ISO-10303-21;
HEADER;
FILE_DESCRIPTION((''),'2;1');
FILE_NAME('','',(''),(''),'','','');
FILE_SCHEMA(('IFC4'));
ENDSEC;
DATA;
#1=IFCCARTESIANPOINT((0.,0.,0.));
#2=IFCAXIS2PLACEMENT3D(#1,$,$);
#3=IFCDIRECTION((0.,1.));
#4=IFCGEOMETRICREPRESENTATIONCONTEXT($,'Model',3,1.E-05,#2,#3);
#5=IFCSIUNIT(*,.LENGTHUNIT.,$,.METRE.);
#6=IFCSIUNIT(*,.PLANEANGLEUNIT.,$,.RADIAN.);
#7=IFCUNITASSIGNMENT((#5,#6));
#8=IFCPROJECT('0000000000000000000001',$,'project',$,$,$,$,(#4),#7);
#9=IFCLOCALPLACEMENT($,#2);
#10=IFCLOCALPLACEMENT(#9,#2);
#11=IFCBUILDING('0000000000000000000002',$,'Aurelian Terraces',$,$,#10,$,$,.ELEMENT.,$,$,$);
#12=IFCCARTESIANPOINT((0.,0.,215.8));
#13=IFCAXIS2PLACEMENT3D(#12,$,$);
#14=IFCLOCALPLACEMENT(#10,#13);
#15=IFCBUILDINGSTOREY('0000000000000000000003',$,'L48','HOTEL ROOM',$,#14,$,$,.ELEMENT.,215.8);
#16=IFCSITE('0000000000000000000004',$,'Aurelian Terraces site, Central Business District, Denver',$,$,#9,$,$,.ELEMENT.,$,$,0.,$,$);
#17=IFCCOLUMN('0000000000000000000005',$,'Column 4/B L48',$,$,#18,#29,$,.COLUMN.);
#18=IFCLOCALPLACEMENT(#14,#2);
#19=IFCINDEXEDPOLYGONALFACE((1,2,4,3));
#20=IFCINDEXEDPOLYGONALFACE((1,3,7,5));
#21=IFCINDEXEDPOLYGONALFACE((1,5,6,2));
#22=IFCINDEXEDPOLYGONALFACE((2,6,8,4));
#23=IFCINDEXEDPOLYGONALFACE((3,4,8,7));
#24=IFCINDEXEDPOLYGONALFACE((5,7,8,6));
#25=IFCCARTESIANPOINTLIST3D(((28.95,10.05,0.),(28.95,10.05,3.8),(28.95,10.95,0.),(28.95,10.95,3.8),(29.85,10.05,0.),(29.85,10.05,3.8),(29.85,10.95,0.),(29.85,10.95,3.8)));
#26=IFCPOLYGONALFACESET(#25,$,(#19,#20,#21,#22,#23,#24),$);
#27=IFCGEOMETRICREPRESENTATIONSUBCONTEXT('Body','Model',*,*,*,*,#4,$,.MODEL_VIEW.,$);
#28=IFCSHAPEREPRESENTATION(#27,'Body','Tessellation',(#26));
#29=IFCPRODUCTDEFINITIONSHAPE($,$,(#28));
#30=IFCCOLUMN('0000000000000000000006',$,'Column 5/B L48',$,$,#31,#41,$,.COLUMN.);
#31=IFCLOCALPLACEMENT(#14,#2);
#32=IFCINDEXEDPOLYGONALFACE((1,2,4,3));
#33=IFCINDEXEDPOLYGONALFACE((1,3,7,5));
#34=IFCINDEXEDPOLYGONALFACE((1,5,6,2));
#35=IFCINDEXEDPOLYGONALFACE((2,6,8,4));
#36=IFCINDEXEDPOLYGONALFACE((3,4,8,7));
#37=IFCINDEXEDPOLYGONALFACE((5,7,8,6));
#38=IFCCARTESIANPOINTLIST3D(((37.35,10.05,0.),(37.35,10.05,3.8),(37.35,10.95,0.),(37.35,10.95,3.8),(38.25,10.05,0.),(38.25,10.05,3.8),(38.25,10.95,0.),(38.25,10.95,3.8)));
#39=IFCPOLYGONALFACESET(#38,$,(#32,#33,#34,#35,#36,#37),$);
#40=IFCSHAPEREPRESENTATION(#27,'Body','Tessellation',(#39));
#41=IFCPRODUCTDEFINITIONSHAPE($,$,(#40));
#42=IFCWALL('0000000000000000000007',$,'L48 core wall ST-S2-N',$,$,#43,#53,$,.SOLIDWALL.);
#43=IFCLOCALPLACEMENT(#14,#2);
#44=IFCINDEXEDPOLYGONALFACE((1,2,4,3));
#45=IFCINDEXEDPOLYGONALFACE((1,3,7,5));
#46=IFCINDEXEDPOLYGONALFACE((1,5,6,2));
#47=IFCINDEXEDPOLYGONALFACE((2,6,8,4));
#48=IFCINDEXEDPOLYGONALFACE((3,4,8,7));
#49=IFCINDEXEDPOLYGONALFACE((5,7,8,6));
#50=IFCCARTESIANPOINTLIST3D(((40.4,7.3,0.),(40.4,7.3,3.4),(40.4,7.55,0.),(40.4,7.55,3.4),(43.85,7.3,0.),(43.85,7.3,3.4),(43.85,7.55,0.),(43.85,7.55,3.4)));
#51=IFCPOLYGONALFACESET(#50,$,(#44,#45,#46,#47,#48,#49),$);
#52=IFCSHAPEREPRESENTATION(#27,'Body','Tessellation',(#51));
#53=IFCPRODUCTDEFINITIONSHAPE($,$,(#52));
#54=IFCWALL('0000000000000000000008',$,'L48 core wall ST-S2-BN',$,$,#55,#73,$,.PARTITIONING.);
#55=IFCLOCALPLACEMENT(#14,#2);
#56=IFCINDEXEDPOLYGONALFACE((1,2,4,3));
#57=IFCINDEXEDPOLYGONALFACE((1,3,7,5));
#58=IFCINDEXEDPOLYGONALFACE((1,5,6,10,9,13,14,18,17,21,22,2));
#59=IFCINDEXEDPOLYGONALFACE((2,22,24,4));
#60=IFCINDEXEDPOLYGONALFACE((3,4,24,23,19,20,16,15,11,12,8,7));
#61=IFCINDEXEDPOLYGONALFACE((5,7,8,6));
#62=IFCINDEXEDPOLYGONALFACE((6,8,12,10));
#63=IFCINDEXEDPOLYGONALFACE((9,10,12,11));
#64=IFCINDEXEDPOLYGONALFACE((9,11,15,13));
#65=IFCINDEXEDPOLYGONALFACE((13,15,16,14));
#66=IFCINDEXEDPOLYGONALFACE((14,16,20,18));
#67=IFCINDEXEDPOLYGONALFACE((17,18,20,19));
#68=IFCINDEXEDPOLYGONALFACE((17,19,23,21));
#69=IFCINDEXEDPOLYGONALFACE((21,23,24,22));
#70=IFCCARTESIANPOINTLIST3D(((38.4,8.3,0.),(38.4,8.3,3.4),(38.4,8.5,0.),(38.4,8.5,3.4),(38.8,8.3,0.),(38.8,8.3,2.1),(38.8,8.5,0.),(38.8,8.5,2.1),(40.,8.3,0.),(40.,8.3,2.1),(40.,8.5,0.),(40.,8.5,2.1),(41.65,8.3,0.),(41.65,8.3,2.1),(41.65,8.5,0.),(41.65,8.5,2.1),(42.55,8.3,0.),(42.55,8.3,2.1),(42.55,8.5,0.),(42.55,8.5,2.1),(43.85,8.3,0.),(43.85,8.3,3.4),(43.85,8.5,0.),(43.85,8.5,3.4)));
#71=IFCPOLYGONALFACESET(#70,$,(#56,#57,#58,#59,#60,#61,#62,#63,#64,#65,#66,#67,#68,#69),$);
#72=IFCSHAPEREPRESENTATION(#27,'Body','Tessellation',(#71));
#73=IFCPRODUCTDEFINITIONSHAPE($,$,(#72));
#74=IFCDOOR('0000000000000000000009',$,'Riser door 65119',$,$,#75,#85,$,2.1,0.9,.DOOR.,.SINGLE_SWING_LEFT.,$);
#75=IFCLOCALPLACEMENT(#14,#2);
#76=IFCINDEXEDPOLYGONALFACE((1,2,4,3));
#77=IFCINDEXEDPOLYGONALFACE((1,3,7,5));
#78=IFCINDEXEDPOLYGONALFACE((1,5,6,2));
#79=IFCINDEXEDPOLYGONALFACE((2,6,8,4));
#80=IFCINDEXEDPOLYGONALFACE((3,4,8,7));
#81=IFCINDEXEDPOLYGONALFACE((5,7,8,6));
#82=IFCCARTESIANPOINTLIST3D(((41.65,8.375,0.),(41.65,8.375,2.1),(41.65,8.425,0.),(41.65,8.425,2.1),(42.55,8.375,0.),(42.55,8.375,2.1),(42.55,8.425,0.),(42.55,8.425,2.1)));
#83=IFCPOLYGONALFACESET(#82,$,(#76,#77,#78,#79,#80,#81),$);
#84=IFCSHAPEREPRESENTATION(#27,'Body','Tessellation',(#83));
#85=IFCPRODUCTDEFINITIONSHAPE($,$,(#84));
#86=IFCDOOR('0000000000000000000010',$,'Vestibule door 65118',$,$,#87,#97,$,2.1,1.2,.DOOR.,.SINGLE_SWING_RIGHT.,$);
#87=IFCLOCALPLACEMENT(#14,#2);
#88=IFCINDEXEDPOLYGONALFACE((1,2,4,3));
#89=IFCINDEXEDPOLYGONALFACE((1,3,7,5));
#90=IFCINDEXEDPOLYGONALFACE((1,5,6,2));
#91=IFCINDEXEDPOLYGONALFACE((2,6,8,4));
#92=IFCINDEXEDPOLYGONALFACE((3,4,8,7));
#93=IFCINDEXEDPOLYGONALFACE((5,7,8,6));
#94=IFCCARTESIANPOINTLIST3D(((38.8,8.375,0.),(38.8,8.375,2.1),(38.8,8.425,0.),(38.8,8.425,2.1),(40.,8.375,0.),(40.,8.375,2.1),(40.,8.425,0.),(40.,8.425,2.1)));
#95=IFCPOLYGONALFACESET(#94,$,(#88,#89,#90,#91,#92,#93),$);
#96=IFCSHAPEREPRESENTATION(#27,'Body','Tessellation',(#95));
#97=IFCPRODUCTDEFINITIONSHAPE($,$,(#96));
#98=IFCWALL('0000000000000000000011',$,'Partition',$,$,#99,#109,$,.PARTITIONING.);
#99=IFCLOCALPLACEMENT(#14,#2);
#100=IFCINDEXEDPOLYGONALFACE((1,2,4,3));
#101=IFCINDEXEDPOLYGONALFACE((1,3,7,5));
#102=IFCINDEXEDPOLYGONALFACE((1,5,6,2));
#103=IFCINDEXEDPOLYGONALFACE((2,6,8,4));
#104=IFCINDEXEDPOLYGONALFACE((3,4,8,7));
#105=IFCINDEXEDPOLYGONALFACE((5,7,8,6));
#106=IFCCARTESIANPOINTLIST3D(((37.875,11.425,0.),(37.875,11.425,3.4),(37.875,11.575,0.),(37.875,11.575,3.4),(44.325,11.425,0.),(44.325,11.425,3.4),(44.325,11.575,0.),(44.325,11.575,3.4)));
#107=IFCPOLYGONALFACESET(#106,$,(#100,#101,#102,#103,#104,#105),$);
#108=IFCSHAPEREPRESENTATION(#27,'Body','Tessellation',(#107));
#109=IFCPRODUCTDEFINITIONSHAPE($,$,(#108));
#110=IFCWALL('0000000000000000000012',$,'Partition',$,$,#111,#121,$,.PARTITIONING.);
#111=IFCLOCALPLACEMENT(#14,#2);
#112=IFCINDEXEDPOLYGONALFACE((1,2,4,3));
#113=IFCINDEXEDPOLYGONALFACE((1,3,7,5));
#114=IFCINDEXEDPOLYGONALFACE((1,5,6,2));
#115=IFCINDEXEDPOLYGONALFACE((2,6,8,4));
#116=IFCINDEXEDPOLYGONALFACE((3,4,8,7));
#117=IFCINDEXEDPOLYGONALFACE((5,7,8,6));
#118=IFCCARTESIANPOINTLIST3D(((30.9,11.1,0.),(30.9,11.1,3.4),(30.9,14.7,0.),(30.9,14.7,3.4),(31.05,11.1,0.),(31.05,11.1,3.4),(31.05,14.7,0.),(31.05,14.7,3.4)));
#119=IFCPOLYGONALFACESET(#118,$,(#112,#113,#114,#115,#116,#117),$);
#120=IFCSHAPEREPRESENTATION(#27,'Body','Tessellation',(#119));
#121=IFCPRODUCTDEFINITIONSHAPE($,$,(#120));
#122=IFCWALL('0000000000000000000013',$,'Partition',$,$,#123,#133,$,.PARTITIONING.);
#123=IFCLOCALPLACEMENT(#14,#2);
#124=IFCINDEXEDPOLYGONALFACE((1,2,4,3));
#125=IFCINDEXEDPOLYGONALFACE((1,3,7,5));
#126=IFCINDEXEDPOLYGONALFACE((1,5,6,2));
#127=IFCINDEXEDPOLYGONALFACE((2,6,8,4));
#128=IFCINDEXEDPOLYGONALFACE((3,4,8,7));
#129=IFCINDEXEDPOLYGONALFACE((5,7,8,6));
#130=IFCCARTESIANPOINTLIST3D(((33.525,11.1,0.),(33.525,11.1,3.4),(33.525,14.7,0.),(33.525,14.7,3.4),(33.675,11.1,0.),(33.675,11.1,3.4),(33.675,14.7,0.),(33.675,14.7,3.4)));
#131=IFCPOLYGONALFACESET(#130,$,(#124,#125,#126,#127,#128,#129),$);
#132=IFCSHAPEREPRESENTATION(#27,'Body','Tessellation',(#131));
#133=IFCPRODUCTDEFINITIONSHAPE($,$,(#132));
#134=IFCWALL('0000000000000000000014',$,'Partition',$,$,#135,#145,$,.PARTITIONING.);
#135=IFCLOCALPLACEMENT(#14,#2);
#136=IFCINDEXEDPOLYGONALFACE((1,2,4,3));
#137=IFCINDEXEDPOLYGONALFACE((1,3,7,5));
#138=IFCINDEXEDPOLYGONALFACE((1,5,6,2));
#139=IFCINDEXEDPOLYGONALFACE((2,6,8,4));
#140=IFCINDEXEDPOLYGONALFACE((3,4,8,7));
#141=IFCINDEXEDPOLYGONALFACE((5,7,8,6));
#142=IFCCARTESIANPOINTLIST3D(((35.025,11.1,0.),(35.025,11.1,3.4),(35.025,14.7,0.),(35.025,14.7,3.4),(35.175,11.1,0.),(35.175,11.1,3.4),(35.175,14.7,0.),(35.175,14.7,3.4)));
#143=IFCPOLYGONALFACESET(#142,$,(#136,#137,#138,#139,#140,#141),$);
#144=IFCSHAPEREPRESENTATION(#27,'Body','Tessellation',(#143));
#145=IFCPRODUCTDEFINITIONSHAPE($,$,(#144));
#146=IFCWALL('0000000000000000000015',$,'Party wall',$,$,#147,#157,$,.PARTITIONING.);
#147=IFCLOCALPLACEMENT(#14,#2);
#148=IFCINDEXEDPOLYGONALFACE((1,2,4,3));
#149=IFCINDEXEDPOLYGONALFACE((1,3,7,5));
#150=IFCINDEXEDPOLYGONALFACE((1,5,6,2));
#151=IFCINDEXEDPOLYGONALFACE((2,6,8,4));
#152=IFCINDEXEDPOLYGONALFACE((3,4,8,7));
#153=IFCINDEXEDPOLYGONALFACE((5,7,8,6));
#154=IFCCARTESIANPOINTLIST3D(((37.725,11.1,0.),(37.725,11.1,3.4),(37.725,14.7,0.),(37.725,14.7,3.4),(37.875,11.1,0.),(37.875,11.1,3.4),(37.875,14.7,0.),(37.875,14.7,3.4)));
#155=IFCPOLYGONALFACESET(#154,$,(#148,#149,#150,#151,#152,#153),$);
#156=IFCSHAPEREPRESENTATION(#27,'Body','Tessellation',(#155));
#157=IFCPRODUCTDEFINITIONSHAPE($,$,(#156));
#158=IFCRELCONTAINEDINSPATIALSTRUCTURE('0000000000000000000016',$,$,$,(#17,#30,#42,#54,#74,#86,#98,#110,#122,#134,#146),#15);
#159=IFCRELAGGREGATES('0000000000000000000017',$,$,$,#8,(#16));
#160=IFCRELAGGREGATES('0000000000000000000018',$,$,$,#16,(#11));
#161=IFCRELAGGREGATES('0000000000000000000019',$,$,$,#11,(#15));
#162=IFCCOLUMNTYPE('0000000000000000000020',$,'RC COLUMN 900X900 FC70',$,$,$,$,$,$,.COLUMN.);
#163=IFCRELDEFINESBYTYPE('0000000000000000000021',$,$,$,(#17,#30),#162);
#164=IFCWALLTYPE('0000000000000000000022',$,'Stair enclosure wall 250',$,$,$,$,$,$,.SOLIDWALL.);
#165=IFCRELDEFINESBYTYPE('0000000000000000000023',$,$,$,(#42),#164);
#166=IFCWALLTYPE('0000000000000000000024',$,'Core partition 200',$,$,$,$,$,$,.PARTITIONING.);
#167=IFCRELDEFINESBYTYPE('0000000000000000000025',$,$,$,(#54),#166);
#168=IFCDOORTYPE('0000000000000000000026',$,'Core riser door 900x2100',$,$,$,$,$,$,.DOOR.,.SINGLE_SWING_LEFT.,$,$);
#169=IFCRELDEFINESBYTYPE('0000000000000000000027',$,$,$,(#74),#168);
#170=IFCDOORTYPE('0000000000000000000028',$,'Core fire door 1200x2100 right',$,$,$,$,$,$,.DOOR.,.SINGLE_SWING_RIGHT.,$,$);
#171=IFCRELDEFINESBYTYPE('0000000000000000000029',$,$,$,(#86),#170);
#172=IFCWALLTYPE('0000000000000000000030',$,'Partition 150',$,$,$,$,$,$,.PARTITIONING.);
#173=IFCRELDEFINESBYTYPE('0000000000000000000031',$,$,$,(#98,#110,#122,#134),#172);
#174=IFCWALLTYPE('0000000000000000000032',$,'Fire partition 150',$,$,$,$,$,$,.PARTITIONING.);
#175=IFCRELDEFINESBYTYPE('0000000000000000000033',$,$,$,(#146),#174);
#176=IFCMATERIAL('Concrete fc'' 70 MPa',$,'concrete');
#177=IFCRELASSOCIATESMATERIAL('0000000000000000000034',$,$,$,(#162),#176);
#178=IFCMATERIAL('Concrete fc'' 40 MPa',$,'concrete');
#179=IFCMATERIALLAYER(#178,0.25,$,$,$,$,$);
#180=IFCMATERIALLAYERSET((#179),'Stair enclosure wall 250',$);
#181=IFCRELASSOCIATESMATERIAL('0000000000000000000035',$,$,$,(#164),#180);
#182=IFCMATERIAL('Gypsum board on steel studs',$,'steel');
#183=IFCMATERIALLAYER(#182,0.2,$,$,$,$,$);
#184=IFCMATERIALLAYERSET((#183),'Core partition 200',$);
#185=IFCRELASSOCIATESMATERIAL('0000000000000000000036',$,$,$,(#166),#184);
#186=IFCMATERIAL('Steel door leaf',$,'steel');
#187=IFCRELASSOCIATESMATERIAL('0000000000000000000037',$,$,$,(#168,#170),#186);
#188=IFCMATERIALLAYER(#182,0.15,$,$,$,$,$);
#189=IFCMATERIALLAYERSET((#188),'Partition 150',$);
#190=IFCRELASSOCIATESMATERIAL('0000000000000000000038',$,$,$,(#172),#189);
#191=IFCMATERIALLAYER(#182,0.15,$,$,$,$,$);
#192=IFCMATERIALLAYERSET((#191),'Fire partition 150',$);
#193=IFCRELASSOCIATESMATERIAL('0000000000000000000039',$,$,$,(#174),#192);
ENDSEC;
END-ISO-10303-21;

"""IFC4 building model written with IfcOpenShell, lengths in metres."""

from ifc_helpers import new_model, si_unit, direction, frame, frame_2d, origin, origin_2d, place, context, subcontext, project, spatial, rectangle, extrude, source, transform, mapped, material, layer, layer_set, material_profile, profile_set, type_object, element, fill, save


model = new_model("IFC4")

# Units and contexts
model_context = context("Model", 3, precision=1e-05, world=origin(), true_north=direction((0.0, 1.0)))
body_context = subcontext(model_context, "Body", "Model", "MODEL_VIEW")
ifc_project = project(units=[si_unit("LENGTHUNIT", "METRE"), si_unit("PLANEANGLEUNIT", "RADIAN")], contexts=[model_context])

# Site, building, storey
site_placement = place(None, origin())
site = spatial("IfcSite", under=ifc_project, at=site_placement, Name="Aurelian Terraces site, Central Business District, Denver", CompositionType="ELEMENT", RefElevation=0.0)
building_placement = place(site_placement, origin())
building = spatial("IfcBuilding", under=site, at=building_placement, Name="Aurelian Terraces", CompositionType="ELEMENT")
storey_placement = place(building_placement, frame((0.0, 0.0, 215.8)))
storey = spatial("IfcBuildingStorey", under=building, at=storey_placement, Name="L48", Description="HOTEL ROOM", CompositionType="ELEMENT", Elevation=215.8)

# Columns
ifc_material_1 = material(Name="Concrete fc' 70 MPa", Category="concrete")
ifc_material_profile = material_profile(ifc_material_1, rectangle(XDim=0.9, YDim=0.9, at=origin_2d()))
ifc_profile_set = profile_set([ifc_material_profile], Name="Concrete fc' 70 MPa")
column_type = type_object("IfcColumnType", Name="RC COLUMN 900X900 FC70", PredefinedType="COLUMN", material=ifc_profile_set)
shared_shape_1 = source(origin(), body_context, "Body", "SweptSolid", [
    extrude(rectangle(XDim=0.9, YDim=0.9, at=origin_2d()), origin(), (0.0, 0.0, 1.0), 3.8),
])
for number, where, z_axis, x_axis, name in (
    (1, (29.4, 10.5, 0.0), (0.0, 0.0, 1.0), (1.0, 0.0, 0.0), "Column 4/B L48"),
    (2, (37.8, 10.5, 0.0), (0.0, 0.0, 1.0), (1.0, 0.0, 0.0), "Column 5/B L48"),
):
    element("IfcColumn", number, at=place(storey_placement, frame(where, z_axis=z_axis, x_axis=x_axis)), inside=storey, type_object=column_type, Name=name, PredefinedType="COLUMN", context=body_context, shape_type="MappedRepresentation", body=[
        mapped(shared_shape_1, transform((0.0, 0.0, 0.0), scale=1.0)),
    ])

# Wall
ifc_material_2 = material(Name="Concrete fc' 40 MPa", Category="concrete")
ifc_layer_1 = layer(ifc_material_2, 0.25)
ifc_layer_set_1 = layer_set([ifc_layer_1], Name="Stair enclosure wall 250")
wall_type_1 = type_object("IfcWallType", Name="Stair enclosure wall 250", PredefinedType="SOLIDWALL", material=ifc_layer_set_1)
shared_shape_2 = source(origin(), body_context, "Body", "SweptSolid", [
    extrude(rectangle(XDim=3.45, YDim=0.25, at=frame_2d((1.725, 0.0))), origin(), (0.0, 0.0, 1.0), 3.4),
])
wall_1_placement = place(storey_placement, frame((40.4, 7.425, 0.0), z_axis=(0.0, 0.0, 1.0), x_axis=(1.0, 0.0, 0.0)))
element("IfcWall", 3, at=wall_1_placement, inside=storey, type_object=wall_type_1, Name="L48 core wall ST-S2-N", PredefinedType="SOLIDWALL", context=body_context, shape_type="MappedRepresentation", body=[
    mapped(shared_shape_2, transform((0.0, 0.0, 0.0), scale=1.0)),
])

# Wall, openings, doors
ifc_material_3 = material(Name="Gypsum board on steel studs", Category="steel")
ifc_layer_2 = layer(ifc_material_3, 0.2)
ifc_layer_set_2 = layer_set([ifc_layer_2], Name="Core partition 200")
wall_type_2 = type_object("IfcWallType", Name="Core partition 200", PredefinedType="PARTITIONING", material=ifc_layer_set_2)
shared_shape_3 = source(origin(), body_context, "Body", "SweptSolid", [
    extrude(rectangle(XDim=5.45, YDim=0.2, at=frame_2d((2.725, 0.0))), origin(), (0.0, 0.0, 1.0), 3.4),
])
wall_2_placement = place(storey_placement, frame((38.4, 8.4, 0.0), z_axis=(0.0, 0.0, 1.0), x_axis=(1.0, 0.0, 0.0)))
wall_2 = element("IfcWall", 4, at=wall_2_placement, inside=storey, type_object=wall_type_2, Name="L48 core wall ST-S2-BN", PredefinedType="PARTITIONING", context=body_context, shape_type="MappedRepresentation", body=[
    mapped(shared_shape_3, transform((0.0, 0.0, 0.0), scale=1.0)),
])
shared_shape_4 = source(origin(), body_context, "Body", "SweptSolid", [
    extrude(rectangle(XDim=1.2, YDim=2.1, at=frame_2d((0.6, 1.05))), frame((0.0, 0.11, 0.0), z_axis=(0.0, -1.0, 0.0), x_axis=(1.0, 0.0, 0.0)), (0.0, 0.0, 1.0), 0.22),
])
opening_1_placement = place(wall_2_placement, frame((0.4, 0.0, 0.0)))
opening_1 = element("IfcOpeningElement", 5, at=opening_1_placement, cuts=wall_2, PredefinedType="OPENING", context=body_context, shape_type="MappedRepresentation", body=[
    mapped(shared_shape_4, transform((0.0, 0.0, 0.0), scale=1.0)),
])
shared_shape_5 = source(origin(), body_context, "Body", "SweptSolid", [
    extrude(rectangle(XDim=0.9, YDim=2.1, at=frame_2d((0.45, 1.05))), frame((0.0, 0.11, 0.0), z_axis=(0.0, -1.0, 0.0), x_axis=(1.0, 0.0, 0.0)), (0.0, 0.0, 1.0), 0.22),
])
opening_2_placement = place(wall_2_placement, frame((3.25, 0.0, 0.0)))
opening_2 = element("IfcOpeningElement", 6, at=opening_2_placement, cuts=wall_2, PredefinedType="OPENING", context=body_context, shape_type="MappedRepresentation", body=[
    mapped(shared_shape_5, transform((0.0, 0.0, 0.0), scale=1.0)),
])
ifc_material_4 = material(Name="Steel door leaf", Category="steel")
door_type_1 = type_object("IfcDoorType", Name="Core riser door 900x2100", OperationType="SINGLE_SWING_LEFT", PredefinedType="DOOR", material=ifc_material_4)
shared_shape_6 = source(origin(), body_context, "Body", "SweptSolid", [
    extrude(rectangle(XDim=0.9, YDim=2.1, at=frame_2d((0.45, 1.05))), frame((0.0, 0.025, 0.0), z_axis=(0.0, -1.0, 0.0), x_axis=(1.0, 0.0, 0.0)), (0.0, 0.0, 1.0), 0.05),
])
door_1_placement = place(opening_2_placement, origin())
door_1 = element("IfcDoor", 7, at=door_1_placement, inside=storey, type_object=door_type_1, Name="Riser door 65119", OperationType="SINGLE_SWING_LEFT", OverallHeight=2.1, OverallWidth=0.9, PredefinedType="DOOR", context=body_context, shape_type="MappedRepresentation", body=[
    mapped(shared_shape_6, transform((0.0, 0.0, 0.0), scale=1.0)),
])
fill(opening_2, door_1)
door_type_2 = type_object("IfcDoorType", Name="Core fire door 1200x2100 right", OperationType="SINGLE_SWING_RIGHT", PredefinedType="DOOR", material=ifc_material_4)
shared_shape_7 = source(origin(), body_context, "Body", "SweptSolid", [
    extrude(rectangle(XDim=1.2, YDim=2.1, at=frame_2d((0.6, 1.05))), frame((0.0, 0.025, 0.0), z_axis=(0.0, -1.0, 0.0), x_axis=(1.0, 0.0, 0.0)), (0.0, 0.0, 1.0), 0.05),
])
door_2_placement = place(opening_1_placement, origin())
door_2 = element("IfcDoor", 8, at=door_2_placement, inside=storey, type_object=door_type_2, Name="Vestibule door 65118", OperationType="SINGLE_SWING_RIGHT", OverallHeight=2.1, OverallWidth=1.2, PredefinedType="DOOR", context=body_context, shape_type="MappedRepresentation", body=[
    mapped(shared_shape_7, transform((0.0, 0.0, 0.0), scale=1.0)),
])
fill(opening_1, door_2)

# Walls
ifc_layer_3 = layer(ifc_material_3, 0.15)
ifc_layer_set_3 = layer_set([ifc_layer_3], Name="Partition 150")
wall_type_3 = type_object("IfcWallType", Name="Partition 150", PredefinedType="PARTITIONING", material=ifc_layer_set_3)
shared_shape_8 = source(origin(), body_context, "Body", "SweptSolid", [
    extrude(rectangle(XDim=6.45, YDim=0.15, at=frame_2d((3.225, 0.0))), origin(), (0.0, 0.0, 1.0), 3.4),
])
wall_3_placement = place(storey_placement, frame((37.875, 11.5, 0.0), z_axis=(0.0, 0.0, 1.0), x_axis=(1.0, 0.0, 0.0)))
element("IfcWall", 9, at=wall_3_placement, inside=storey, type_object=wall_type_3, Name="Partition", PredefinedType="PARTITIONING", context=body_context, shape_type="MappedRepresentation", body=[
    mapped(shared_shape_8, transform((0.0, 0.0, 0.0), scale=1.0)),
])
shared_shape_9 = source(origin(), body_context, "Body", "SweptSolid", [
    extrude(rectangle(XDim=3.6, YDim=0.15, at=frame_2d((1.8, 0.0))), origin(), (0.0, 0.0, 1.0), 3.4),
])
for number, where, z_axis, x_axis, name in (
    (10, (30.975, 11.1, 0.0), (0.0, 0.0, 1.0), (0.0, 1.0, 0.0), "Partition"),
    (11, (33.6, 11.1, 0.0), (0.0, 0.0, 1.0), (0.0, 1.0, 0.0), "Partition"),
    (12, (35.1, 11.1, 0.0), (0.0, 0.0, 1.0), (0.0, 1.0, 0.0), "Partition"),
):
    element("IfcWall", number, at=place(storey_placement, frame(where, z_axis=z_axis, x_axis=x_axis)), inside=storey, type_object=wall_type_3, Name=name, PredefinedType="PARTITIONING", context=body_context, shape_type="MappedRepresentation", body=[
        mapped(shared_shape_9, transform((0.0, 0.0, 0.0), scale=1.0)),
    ])
ifc_layer_4 = layer(ifc_material_3, 0.15)
ifc_layer_set_4 = layer_set([ifc_layer_4], Name="Fire partition 150")
wall_type_4 = type_object("IfcWallType", Name="Fire partition 150", PredefinedType="PARTITIONING", material=ifc_layer_set_4)
wall_4_placement = place(storey_placement, frame((37.8, 11.1, 0.0), z_axis=(0.0, 0.0, 1.0), x_axis=(0.0, 1.0, 0.0)))
element("IfcWall", 13, at=wall_4_placement, inside=storey, type_object=wall_type_4, Name="Party wall", PredefinedType="PARTITIONING", context=body_context, shape_type="MappedRepresentation", body=[
    mapped(shared_shape_9, transform((0.0, 0.0, 0.0), scale=1.0)),
])

save(model, "model.ifc")
